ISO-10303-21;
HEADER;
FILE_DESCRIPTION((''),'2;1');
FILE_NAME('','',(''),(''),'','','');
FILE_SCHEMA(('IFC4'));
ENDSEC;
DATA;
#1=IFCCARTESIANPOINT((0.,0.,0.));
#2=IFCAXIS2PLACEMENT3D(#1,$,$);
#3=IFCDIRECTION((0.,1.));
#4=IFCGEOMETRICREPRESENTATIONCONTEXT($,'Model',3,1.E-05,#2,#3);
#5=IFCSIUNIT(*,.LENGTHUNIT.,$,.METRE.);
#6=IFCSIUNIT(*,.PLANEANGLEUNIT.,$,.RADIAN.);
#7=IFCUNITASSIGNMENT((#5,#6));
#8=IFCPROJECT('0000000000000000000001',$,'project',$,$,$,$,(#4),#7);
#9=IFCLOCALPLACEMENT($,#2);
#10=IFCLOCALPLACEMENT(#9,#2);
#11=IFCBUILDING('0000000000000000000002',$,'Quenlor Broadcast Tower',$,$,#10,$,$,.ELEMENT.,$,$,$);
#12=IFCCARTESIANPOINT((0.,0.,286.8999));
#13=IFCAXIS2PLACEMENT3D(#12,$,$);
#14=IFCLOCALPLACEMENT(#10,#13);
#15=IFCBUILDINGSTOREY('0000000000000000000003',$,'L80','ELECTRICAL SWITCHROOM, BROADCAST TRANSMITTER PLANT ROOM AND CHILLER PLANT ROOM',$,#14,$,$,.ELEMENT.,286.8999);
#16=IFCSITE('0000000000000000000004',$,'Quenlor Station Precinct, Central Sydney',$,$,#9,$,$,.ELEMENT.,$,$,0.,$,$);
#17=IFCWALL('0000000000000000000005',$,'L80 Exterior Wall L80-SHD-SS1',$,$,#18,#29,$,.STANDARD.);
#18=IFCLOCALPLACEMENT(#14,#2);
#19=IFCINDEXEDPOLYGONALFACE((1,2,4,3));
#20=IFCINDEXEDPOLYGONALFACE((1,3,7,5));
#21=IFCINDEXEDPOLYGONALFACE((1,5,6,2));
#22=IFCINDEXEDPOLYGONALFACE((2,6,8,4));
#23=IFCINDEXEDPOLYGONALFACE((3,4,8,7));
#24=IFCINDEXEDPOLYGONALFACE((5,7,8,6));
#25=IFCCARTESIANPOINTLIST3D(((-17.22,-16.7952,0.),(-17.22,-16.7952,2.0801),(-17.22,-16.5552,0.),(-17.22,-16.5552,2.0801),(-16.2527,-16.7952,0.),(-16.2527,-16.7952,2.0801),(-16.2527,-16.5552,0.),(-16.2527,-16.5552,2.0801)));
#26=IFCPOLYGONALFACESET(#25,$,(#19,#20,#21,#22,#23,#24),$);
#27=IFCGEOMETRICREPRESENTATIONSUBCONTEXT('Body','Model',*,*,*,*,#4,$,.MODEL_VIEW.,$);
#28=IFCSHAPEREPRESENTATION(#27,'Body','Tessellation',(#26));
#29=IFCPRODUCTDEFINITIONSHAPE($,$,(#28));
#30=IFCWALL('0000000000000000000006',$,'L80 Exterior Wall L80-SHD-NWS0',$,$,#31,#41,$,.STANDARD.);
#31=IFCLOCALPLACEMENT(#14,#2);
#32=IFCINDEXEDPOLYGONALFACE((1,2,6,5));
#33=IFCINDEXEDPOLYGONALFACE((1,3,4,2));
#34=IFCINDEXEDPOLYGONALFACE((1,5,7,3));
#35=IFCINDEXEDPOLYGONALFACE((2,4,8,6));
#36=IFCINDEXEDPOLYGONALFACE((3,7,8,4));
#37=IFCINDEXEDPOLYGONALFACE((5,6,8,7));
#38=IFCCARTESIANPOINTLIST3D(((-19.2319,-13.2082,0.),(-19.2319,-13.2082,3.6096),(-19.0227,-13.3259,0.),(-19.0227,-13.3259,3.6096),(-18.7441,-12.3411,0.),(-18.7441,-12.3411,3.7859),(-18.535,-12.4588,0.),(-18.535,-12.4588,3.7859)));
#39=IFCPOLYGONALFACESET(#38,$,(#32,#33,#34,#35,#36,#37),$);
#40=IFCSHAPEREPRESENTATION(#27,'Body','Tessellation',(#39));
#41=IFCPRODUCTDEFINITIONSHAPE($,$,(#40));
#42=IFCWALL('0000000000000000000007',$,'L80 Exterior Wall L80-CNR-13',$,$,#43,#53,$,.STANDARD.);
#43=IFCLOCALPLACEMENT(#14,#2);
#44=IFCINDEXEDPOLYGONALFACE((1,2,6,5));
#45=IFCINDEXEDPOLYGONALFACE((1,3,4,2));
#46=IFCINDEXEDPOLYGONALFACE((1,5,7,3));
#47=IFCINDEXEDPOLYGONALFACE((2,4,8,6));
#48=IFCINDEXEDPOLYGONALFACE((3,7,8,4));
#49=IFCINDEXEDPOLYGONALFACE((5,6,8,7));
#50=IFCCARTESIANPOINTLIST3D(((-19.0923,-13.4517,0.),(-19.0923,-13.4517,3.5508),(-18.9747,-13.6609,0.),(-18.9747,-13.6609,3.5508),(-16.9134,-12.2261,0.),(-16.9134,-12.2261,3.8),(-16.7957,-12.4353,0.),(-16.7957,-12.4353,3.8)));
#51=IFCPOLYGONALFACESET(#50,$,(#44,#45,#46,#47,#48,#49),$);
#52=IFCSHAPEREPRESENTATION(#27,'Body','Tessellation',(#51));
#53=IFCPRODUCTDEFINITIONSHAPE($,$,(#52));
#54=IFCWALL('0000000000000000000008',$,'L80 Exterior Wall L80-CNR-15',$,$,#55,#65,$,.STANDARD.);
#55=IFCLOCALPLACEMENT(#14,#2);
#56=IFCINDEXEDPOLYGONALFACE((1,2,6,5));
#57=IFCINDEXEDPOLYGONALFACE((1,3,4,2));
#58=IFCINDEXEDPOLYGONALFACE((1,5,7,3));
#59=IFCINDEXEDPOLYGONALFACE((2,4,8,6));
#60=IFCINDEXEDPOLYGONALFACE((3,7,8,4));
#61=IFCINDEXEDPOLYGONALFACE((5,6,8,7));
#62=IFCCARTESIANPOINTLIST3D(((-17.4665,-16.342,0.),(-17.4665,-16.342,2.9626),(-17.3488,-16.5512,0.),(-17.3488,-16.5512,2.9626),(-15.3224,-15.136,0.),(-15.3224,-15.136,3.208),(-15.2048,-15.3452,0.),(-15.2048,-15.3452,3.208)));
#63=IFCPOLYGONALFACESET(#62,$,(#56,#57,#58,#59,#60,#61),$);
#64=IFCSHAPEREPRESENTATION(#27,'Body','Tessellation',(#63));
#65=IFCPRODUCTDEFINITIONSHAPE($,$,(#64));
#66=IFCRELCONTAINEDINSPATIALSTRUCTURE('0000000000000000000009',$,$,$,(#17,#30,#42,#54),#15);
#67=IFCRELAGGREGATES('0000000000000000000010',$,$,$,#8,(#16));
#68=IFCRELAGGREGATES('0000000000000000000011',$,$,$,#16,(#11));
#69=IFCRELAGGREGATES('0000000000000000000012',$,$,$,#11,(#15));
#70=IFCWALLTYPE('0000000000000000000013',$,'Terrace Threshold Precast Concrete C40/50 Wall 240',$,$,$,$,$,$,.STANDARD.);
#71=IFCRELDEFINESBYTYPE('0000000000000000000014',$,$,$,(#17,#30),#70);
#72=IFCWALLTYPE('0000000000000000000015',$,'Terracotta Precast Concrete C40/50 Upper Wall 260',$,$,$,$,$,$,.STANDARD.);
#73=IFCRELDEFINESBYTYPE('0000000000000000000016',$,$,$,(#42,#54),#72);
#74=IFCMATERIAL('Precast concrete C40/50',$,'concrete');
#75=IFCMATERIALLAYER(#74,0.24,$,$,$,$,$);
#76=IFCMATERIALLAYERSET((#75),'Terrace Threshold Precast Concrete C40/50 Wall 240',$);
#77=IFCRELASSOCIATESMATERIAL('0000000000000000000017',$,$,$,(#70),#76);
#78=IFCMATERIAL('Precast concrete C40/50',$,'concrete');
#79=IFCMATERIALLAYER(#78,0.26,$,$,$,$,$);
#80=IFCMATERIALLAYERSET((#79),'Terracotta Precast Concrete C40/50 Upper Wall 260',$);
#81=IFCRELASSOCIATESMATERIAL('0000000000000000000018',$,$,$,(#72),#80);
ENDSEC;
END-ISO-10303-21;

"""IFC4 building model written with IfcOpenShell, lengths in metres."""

from ifc_helpers import new_model, si_unit, direction, frame, origin, place, context, subcontext, project, spatial, polyline, outline, extrude, material, layer, layer_set, type_object, element, save


model = new_model("IFC4")

# Units and contexts
model_context = context("Model", 3, precision=1e-05, world=origin(), true_north=direction((0.0, 1.0)))
body_context = subcontext(model_context, "Body", "Model", "MODEL_VIEW")
ifc_project = project(units=[si_unit("LENGTHUNIT", "METRE"), si_unit("PLANEANGLEUNIT", "RADIAN")], contexts=[model_context])

# Site, building, storey
site_placement = place(None, origin())
site = spatial("IfcSite", under=ifc_project, at=site_placement, Name="Quenlor Station Precinct, Central Sydney", CompositionType="ELEMENT", RefElevation=0.0)
building_placement = place(site_placement, origin())
building = spatial("IfcBuilding", under=site, at=building_placement, Name="Quenlor Broadcast Tower", CompositionType="ELEMENT")
storey_placement = place(building_placement, frame((0.0, 0.0, 286.8999)))
storey = spatial("IfcBuildingStorey", under=building, at=storey_placement, Name="L80", Description="ELECTRICAL SWITCHROOM, BROADCAST TRANSMITTER PLANT ROOM AND CHILLER PLANT ROOM", CompositionType="ELEMENT", Elevation=286.8999)

# Walls
ifc_material_1 = material(Name="Precast concrete C40/50", Category="concrete")
ifc_layer_1 = layer(ifc_material_1, 0.24)
ifc_layer_set_1 = layer_set([ifc_layer_1], Name="Terrace Threshold Precast Concrete C40/50 Wall 240")
wall_type_1 = type_object("IfcWallType", Name="Terrace Threshold Precast Concrete C40/50 Wall 240", PredefinedType="STANDARD", material=ifc_layer_set_1)
wall_1_placement = place(storey_placement, frame((-16.2527, -16.675, 0.0), z_axis=(0.0, 0.0, 1.0), x_axis=(-1.0, 0.0, 0.0)))
element("IfcWall", 1, at=wall_1_placement, inside=storey, type_object=wall_type_1, Name="L80 Exterior Wall L80-SHD-SS1", PredefinedType="STANDARD", context=body_context, shape_type="SweptSolid", body=[
    extrude(outline(polyline([(0.0, 0.0), (0.9673, 0.0), (0.9673, 2.0801), (0.0, 2.0801), (0.0, 0.0)])), frame((0.0, 0.1201, 0.0), z_axis=(0.0, -1.0, 0.0), x_axis=(1.0, 0.0, 0.0)), (0.0, 0.0, 1.0), 0.24),
])
wall_2_placement = place(storey_placement, frame((-19.1272, -13.2671, 0.0), z_axis=(0.0, 0.0, 1.0), x_axis=(0.490261, 0.871576, 0.0)))
element("IfcWall", 2, at=wall_2_placement, inside=storey, type_object=wall_type_1, Name="L80 Exterior Wall L80-SHD-NWS0", PredefinedType="STANDARD", context=body_context, shape_type="SweptSolid", body=[
    extrude(outline(polyline([(0.0, 0.0), (0.9949, 0.0), (0.9949, 3.7859), (0.0, 3.6096), (0.0, 0.0)])), frame((0.0, 0.1201, 0.0), z_axis=(0.0, -1.0, 0.0), x_axis=(1.0, 0.0, 0.0)), (0.0, 0.0, 1.0), 0.24),
])
ifc_material_2 = material(Name="Precast concrete C40/50", Category="concrete")
ifc_layer_2 = layer(ifc_material_2, 0.26)
ifc_layer_set_2 = layer_set([ifc_layer_2], Name="Terracotta Precast Concrete C40/50 Upper Wall 260")
wall_type_2 = type_object("IfcWallType", Name="Terracotta Precast Concrete C40/50 Upper Wall 260", PredefinedType="STANDARD", material=ifc_layer_set_2)
wall_3_placement = place(storey_placement, frame((-19.0334, -13.5564, 0.0), z_axis=(0.0, 0.0, 1.0), x_axis=(0.871589, 0.490238, 0.0)))
element("IfcWall", 3, at=wall_3_placement, inside=storey, type_object=wall_type_2, Name="L80 Exterior Wall L80-CNR-13", PredefinedType="STANDARD", context=body_context, shape_type="SweptSolid", body=[
    extrude(outline(polyline([(0.0, 0.0), (2.5, 0.0), (2.5, 3.8), (0.0, 3.5508), (0.0, 0.0)])), frame((0.0, 0.1201, 0.0), z_axis=(0.0, -1.0, 0.0), x_axis=(1.0, 0.0, 0.0)), (0.0, 0.0, 1.0), 0.24),
])
wall_4_placement = place(storey_placement, frame((-15.2637, -15.2405, 0.0), z_axis=(0.0, 0.0, 1.0), x_axis=(-0.87157, -0.490271, 0.0)))
element("IfcWall", 4, at=wall_4_placement, inside=storey, type_object=wall_type_2, Name="L80 Exterior Wall L80-CNR-15", PredefinedType="STANDARD", context=body_context, shape_type="SweptSolid", body=[
    extrude(outline(polyline([(0.0, 0.0), (2.46, 0.0), (2.46, 2.9626), (0.0, 3.208), (0.0, 0.0)])), frame((0.0, 0.1201, 0.0), z_axis=(0.0, -1.0, 0.0), x_axis=(1.0, 0.0, 0.0)), (0.0, 0.0, 1.0), 0.24),
])

save(model, "model.ifc")
